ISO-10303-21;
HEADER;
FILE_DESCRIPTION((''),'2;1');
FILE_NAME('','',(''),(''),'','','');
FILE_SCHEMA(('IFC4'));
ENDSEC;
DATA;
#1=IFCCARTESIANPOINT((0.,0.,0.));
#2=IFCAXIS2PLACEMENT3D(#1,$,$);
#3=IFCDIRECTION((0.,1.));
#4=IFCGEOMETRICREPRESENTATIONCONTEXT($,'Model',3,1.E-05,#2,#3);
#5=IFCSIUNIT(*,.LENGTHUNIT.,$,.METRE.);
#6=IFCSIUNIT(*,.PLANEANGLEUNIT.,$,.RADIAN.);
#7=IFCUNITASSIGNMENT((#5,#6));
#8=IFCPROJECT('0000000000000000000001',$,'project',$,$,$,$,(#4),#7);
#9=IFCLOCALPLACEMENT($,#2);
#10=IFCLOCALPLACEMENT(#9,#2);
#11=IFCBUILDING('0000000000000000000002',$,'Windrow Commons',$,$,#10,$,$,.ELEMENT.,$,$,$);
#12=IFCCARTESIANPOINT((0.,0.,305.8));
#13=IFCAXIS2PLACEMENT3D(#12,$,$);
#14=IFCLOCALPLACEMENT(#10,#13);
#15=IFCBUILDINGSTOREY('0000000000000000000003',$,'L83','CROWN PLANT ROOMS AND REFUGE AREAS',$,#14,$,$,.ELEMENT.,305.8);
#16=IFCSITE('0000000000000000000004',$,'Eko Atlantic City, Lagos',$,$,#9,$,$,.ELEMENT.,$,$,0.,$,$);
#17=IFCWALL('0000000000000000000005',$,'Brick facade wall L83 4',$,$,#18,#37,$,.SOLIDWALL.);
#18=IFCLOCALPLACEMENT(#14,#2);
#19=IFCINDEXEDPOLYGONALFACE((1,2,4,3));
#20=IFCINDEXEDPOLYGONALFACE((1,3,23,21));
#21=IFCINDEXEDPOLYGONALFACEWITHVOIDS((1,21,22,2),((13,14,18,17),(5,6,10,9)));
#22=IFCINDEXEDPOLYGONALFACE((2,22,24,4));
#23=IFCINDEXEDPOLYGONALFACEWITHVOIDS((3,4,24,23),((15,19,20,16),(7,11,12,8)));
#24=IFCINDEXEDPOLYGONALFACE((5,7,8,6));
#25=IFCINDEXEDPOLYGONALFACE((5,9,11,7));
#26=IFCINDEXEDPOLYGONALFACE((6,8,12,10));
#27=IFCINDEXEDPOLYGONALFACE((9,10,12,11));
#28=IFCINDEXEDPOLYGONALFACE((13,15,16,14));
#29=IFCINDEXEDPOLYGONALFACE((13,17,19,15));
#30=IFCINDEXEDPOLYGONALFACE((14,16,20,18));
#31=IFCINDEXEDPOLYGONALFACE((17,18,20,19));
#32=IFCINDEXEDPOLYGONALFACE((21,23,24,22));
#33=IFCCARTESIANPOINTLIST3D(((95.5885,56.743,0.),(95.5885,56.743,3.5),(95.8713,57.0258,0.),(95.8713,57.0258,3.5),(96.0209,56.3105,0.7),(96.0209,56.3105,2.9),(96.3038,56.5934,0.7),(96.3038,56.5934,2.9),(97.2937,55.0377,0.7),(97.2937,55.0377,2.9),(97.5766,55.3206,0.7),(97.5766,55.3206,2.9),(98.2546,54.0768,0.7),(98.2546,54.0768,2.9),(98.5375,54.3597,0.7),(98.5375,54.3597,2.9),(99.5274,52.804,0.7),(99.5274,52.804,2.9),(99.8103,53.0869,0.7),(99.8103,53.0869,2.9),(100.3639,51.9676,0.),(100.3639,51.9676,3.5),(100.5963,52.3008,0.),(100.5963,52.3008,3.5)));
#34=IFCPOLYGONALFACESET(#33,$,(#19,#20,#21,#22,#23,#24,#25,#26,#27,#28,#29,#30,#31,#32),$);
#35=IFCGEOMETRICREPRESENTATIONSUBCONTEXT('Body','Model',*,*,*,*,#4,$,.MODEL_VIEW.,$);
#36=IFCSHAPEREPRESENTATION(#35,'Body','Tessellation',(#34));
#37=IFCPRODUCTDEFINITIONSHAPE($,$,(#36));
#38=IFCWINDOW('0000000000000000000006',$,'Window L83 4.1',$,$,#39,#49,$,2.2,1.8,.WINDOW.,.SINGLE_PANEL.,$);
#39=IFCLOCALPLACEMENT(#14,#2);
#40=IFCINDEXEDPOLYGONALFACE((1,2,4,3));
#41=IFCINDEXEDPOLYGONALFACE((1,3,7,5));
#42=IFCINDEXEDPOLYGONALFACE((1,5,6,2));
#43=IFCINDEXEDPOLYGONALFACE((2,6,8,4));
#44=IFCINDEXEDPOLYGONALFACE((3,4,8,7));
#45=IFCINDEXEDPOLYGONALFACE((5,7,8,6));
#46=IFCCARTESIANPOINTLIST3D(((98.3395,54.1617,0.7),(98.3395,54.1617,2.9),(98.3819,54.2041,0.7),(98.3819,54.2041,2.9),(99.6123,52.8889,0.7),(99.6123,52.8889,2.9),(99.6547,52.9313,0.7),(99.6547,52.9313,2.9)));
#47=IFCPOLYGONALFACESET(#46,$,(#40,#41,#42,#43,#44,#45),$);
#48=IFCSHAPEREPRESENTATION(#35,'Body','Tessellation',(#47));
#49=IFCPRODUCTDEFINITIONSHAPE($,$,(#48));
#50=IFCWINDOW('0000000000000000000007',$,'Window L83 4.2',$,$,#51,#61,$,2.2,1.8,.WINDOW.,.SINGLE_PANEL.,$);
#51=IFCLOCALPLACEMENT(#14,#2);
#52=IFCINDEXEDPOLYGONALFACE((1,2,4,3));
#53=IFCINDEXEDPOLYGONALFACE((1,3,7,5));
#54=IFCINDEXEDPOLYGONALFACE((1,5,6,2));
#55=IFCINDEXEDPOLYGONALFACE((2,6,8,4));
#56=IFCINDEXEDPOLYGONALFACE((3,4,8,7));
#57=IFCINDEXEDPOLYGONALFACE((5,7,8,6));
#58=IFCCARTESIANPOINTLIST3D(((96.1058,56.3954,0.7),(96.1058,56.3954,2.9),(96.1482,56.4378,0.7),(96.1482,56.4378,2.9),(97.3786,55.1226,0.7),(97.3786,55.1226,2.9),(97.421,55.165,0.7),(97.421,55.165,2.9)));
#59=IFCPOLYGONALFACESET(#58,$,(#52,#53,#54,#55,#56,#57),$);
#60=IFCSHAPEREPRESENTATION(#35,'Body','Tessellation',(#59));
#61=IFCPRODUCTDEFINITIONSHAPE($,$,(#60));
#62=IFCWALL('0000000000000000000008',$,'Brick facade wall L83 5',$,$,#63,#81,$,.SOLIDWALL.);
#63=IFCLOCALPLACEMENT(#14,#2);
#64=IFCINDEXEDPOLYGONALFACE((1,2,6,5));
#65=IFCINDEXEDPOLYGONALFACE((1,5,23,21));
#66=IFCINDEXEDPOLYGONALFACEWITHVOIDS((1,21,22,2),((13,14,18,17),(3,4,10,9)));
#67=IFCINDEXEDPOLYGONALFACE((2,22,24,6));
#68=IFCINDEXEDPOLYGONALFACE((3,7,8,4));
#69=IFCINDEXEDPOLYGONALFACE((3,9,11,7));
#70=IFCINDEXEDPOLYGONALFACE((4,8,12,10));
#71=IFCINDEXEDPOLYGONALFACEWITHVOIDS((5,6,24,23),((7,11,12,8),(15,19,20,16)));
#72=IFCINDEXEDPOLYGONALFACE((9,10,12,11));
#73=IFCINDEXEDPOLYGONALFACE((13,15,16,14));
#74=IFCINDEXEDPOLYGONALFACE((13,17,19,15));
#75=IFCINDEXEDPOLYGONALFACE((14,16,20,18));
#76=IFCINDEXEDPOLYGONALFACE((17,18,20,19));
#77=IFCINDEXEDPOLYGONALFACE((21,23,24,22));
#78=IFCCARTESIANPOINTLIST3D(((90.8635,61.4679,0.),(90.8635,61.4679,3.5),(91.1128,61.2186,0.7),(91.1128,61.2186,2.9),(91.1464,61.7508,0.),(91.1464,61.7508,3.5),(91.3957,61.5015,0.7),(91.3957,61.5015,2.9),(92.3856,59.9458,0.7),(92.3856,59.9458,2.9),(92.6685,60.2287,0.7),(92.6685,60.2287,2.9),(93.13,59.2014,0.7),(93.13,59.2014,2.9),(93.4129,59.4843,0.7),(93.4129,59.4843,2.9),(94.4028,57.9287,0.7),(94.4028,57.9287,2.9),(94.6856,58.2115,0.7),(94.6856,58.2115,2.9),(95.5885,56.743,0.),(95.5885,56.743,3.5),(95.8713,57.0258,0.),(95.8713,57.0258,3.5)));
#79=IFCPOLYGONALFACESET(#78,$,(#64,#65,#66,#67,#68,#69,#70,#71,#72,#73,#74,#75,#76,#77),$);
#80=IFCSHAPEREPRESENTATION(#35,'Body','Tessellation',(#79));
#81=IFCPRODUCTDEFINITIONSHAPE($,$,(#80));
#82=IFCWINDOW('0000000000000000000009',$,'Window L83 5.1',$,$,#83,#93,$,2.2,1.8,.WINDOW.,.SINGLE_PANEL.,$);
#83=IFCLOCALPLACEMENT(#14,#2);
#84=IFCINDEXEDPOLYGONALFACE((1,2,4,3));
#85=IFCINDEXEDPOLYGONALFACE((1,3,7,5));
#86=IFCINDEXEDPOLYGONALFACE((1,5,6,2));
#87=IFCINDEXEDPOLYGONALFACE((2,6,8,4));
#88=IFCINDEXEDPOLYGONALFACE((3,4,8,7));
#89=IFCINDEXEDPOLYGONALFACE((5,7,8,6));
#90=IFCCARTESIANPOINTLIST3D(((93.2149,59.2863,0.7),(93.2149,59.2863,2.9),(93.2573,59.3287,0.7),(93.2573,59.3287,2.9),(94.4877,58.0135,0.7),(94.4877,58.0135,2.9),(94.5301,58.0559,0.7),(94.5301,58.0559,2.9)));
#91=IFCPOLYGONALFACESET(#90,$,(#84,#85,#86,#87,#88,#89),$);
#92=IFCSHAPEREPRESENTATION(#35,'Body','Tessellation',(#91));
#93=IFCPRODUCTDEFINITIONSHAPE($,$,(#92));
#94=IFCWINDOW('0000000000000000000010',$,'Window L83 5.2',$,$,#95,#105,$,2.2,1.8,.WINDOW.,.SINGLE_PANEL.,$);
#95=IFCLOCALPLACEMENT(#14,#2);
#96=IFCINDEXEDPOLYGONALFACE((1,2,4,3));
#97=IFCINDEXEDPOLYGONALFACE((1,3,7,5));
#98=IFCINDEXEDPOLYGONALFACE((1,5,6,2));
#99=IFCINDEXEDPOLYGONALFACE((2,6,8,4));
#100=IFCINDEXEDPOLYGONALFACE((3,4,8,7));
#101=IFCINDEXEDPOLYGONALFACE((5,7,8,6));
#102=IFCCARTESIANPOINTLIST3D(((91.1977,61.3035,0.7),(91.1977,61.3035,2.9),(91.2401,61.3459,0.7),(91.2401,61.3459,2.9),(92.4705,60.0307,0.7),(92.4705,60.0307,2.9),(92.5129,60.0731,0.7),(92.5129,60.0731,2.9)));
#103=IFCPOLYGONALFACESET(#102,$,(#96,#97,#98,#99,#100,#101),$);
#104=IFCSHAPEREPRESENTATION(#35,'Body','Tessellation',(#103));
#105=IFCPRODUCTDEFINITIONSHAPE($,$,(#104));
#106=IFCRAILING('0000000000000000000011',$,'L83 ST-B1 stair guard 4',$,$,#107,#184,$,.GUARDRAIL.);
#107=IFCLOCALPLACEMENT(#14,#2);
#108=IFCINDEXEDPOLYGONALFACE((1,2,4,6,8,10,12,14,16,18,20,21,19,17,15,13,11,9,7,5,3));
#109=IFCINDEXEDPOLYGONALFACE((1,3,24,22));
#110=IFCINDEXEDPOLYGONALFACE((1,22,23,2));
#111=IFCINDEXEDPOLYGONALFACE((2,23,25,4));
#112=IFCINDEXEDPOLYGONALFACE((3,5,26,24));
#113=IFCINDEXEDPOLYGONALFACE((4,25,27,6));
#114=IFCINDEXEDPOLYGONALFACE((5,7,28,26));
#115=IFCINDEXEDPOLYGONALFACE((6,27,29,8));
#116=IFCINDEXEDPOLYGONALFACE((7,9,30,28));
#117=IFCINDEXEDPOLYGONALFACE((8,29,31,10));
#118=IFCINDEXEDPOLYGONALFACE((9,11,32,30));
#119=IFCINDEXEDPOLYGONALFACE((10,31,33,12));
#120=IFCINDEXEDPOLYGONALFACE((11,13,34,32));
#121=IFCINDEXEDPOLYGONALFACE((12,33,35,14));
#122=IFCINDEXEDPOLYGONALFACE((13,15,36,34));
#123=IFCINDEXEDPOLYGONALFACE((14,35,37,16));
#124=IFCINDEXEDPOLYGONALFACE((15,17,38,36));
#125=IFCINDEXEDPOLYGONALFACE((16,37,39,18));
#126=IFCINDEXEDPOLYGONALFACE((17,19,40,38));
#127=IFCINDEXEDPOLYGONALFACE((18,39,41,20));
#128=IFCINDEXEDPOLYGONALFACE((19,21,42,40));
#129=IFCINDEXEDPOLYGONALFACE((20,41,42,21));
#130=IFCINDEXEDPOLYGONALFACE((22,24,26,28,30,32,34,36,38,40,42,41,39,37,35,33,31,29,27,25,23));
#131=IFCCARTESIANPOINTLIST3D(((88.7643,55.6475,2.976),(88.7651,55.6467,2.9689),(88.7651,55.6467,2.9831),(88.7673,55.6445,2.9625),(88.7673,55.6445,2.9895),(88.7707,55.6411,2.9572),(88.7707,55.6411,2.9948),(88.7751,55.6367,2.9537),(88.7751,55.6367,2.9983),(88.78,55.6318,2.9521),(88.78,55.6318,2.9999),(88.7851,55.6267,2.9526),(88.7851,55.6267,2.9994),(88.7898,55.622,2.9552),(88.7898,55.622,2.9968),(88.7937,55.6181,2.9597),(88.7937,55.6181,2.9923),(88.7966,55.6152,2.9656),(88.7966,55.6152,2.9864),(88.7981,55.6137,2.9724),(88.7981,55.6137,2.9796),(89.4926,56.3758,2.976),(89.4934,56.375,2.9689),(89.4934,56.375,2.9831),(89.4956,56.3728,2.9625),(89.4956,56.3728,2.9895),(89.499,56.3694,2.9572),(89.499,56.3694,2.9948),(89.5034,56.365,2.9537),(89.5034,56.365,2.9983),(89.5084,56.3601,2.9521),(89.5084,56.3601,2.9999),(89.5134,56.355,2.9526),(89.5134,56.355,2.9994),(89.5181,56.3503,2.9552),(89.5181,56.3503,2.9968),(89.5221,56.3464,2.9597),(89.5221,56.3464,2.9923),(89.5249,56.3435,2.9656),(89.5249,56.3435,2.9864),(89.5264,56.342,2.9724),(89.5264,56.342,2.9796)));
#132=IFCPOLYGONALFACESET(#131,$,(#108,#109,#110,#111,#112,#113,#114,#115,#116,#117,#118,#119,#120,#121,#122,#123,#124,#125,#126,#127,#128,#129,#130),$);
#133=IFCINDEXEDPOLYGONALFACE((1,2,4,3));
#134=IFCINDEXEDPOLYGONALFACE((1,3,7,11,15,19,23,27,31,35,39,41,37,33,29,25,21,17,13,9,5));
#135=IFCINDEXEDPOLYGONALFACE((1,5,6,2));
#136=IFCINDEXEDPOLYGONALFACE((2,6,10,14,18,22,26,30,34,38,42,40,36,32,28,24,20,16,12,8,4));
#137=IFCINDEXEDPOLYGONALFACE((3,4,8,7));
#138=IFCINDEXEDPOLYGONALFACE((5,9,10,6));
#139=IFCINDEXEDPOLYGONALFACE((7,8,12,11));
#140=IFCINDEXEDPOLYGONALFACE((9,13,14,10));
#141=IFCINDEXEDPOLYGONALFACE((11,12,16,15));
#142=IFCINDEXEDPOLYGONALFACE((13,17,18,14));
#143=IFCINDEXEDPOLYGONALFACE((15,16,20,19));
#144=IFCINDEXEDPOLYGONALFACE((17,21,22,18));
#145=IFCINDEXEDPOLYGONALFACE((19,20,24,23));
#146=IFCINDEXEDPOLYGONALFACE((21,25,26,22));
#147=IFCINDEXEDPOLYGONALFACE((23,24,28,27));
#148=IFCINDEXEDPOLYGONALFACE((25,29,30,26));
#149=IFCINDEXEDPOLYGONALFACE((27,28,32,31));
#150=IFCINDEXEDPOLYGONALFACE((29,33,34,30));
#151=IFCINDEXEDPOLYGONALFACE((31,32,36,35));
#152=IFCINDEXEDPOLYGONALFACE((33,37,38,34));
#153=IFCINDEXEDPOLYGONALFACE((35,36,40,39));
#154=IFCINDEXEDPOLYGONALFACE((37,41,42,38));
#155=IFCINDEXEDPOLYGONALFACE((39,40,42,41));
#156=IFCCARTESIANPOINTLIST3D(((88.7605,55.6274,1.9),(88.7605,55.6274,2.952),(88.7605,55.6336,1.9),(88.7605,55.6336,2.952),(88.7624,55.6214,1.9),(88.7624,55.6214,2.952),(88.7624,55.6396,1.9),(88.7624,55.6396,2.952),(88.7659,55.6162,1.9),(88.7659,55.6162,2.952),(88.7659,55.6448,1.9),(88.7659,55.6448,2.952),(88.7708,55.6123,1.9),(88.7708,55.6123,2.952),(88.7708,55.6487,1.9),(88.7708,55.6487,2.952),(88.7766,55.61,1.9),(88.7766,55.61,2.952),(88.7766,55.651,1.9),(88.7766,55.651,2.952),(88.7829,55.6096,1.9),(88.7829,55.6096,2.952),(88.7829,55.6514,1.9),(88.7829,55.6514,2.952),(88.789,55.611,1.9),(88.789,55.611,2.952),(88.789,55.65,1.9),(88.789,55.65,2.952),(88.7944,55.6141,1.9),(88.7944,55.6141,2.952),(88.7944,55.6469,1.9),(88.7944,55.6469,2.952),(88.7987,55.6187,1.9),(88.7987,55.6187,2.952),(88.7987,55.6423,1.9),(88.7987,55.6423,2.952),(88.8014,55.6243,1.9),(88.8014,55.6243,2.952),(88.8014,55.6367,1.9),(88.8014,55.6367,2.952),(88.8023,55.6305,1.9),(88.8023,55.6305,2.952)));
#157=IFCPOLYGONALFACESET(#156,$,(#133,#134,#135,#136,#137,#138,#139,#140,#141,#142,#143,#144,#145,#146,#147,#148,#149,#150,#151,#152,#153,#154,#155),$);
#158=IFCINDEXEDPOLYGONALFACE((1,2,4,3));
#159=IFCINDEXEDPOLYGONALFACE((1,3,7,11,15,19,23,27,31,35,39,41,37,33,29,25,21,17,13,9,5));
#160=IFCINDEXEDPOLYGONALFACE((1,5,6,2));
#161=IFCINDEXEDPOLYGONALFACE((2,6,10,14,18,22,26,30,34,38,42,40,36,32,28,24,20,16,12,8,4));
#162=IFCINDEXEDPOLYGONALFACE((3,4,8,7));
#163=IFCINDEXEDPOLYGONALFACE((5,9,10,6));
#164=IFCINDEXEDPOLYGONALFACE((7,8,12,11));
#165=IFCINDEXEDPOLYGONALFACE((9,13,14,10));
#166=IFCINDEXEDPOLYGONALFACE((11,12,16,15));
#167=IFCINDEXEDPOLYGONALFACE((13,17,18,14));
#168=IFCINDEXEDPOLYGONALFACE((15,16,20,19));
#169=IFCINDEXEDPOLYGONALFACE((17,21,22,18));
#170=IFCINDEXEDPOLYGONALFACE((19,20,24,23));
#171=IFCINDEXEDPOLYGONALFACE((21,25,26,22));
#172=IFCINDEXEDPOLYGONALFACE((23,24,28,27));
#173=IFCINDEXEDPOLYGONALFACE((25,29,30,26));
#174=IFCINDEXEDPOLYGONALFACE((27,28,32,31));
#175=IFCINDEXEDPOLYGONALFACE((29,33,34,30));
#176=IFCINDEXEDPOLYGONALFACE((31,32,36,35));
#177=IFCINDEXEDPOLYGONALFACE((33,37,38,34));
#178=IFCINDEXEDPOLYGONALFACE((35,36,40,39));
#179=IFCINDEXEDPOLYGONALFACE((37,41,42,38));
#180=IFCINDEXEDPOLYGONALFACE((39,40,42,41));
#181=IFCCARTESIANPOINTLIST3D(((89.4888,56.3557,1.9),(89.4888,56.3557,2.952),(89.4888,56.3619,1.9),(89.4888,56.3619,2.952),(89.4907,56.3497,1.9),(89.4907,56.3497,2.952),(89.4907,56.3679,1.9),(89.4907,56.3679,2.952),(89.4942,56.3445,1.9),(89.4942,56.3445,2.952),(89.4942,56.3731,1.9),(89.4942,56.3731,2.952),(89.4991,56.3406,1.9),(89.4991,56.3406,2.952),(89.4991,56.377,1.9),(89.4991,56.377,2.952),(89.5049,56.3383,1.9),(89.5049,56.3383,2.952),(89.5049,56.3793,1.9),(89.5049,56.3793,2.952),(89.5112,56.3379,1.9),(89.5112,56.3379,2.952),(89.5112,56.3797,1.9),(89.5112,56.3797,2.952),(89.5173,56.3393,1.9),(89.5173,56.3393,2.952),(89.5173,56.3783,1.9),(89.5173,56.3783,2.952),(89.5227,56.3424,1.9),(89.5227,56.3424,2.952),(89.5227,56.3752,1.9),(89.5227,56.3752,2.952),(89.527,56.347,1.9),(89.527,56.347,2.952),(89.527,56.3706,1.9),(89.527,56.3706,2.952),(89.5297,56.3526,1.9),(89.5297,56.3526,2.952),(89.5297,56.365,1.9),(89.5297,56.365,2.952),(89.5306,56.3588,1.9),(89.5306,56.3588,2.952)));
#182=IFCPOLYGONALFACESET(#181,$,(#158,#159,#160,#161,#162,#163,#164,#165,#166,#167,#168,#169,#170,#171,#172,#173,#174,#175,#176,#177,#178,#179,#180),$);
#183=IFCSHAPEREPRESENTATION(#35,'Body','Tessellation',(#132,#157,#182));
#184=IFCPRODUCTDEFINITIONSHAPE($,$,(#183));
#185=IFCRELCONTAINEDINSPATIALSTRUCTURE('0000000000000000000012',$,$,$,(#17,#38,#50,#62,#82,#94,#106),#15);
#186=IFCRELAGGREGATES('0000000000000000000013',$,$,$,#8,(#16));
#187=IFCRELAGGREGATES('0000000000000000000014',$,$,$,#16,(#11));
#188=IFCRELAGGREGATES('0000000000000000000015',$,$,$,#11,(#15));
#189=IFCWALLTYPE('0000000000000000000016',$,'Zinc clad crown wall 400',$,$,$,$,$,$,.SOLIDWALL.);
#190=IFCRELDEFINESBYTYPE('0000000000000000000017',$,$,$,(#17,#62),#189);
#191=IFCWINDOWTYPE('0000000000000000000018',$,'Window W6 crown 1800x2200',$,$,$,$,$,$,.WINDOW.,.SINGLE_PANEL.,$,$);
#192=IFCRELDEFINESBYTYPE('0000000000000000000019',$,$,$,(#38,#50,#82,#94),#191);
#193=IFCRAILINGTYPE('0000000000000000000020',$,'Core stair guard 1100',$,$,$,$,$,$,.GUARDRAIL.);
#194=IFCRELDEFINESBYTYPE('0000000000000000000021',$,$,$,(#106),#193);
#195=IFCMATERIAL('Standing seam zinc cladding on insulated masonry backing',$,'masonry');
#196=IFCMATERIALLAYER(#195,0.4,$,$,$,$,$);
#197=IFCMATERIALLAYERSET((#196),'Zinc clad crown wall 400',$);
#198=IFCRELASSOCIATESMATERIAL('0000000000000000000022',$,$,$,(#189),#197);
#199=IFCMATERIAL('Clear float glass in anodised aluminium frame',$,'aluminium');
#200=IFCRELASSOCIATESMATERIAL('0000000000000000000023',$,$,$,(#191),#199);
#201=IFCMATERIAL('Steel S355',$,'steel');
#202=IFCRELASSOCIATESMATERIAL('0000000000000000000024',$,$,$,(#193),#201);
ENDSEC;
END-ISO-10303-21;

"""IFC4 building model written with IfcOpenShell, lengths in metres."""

from ifc_helpers import new_model, si_unit, direction, frame, frame_2d, origin, origin_2d, place, context, subcontext, project, spatial, polyline, rectangle, circle, outline, extrude, material, layer, layer_set, type_object, element, fill, save


model = new_model("IFC4")

# Units and contexts
model_context = context("Model", 3, precision=1e-05, world=origin(), true_north=direction((0.0, 1.0)))
body_context = subcontext(model_context, "Body", "Model", "MODEL_VIEW")
ifc_project = project(units=[si_unit("LENGTHUNIT", "METRE"), si_unit("PLANEANGLEUNIT", "RADIAN")], contexts=[model_context])

# Site, building, storey
site_placement = place(None, origin())
site = spatial("IfcSite", under=ifc_project, at=site_placement, Name="Eko Atlantic City, Lagos", CompositionType="ELEMENT", RefElevation=0.0)
building_placement = place(site_placement, origin())
building = spatial("IfcBuilding", under=site, at=building_placement, Name="Windrow Commons", CompositionType="ELEMENT")
storey_placement = place(building_placement, frame((0.0, 0.0, 305.8)))
storey = spatial("IfcBuildingStorey", under=building, at=storey_placement, Name="L83", Description="CROWN PLANT ROOMS AND REFUGE AREAS", CompositionType="ELEMENT", Elevation=305.8)

# Walls, openings, windows
ifc_material_1 = material(Name="Standing seam zinc cladding on insulated masonry backing", Category="masonry")
ifc_layer_1 = layer(ifc_material_1, 0.4)
ifc_layer_set_1 = layer_set([ifc_layer_1], Name="Zinc clad crown wall 400")
wall_type_1 = type_object("IfcWallType", Name="Zinc clad crown wall 400", PredefinedType="SOLIDWALL", material=ifc_layer_set_1)
wall_1_placement = place(storey_placement, frame((100.4801, 52.1342, 0.0), z_axis=(0.0, 0.0, 1.0), x_axis=(-0.707107, 0.707107, 0.0)))
wall_1 = element("IfcWall", 1, at=wall_1_placement, inside=storey, type_object=wall_type_1, Name="Brick facade wall L83 4", PredefinedType="SOLIDWALL", context=body_context, shape_type="SweptSolid", body=[
    extrude(outline(polyline([(0.0356, -0.2), (6.7178, -0.2), (6.7178, 0.2), (-0.0356, 0.2), (0.0356, -0.2)])), origin(), (0.0, 0.0, 1.0), 3.5),
])
opening_1_placement = place(wall_1_placement, frame((1.1473, 0.0, 0.7)))
opening_1 = element("IfcOpeningElement", 2, at=opening_1_placement, cuts=wall_1, PredefinedType="OPENING", context=body_context, shape_type="SweptSolid", body=[
    extrude(rectangle(XDim=1.8, YDim=2.2, at=frame_2d((0.9, 1.1))), frame((0.0, 0.21, 0.0), z_axis=(0.0, -1.0, 0.0), x_axis=(1.0, 0.0, 0.0)), (0.0, 0.0, 1.0), 0.42),
])
opening_2_placement = place(wall_1_placement, frame((4.3062, 0.0, 0.7)))
opening_2 = element("IfcOpeningElement", 3, at=opening_2_placement, cuts=wall_1, PredefinedType="OPENING", context=body_context, shape_type="SweptSolid", body=[
    extrude(rectangle(XDim=1.8, YDim=2.2, at=frame_2d((0.9, 1.1))), frame((0.0, 0.21, 0.0), z_axis=(0.0, -1.0, 0.0), x_axis=(1.0, 0.0, 0.0)), (0.0, 0.0, 1.0), 0.42),
])
ifc_material_2 = material(Name="Clear float glass in anodised aluminium frame", Category="aluminium")
window_type = type_object("IfcWindowType", Name="Window W6 crown 1800x2200", PartitioningType="SINGLE_PANEL", PredefinedType="WINDOW", material=ifc_material_2)
window_1_placement = place(opening_1_placement, origin())
window_1 = element("IfcWindow", 4, at=window_1_placement, inside=storey, type_object=window_type, Name="Window L83 4.1", OverallHeight=2.2, OverallWidth=1.8, PartitioningType="SINGLE_PANEL", PredefinedType="WINDOW", context=body_context, shape_type="SweptSolid", body=[
    extrude(rectangle(XDim=1.8, YDim=2.2, at=frame_2d((0.9, 1.1))), frame((0.0, 0.08, 0.0), z_axis=(0.0, -1.0, 0.0), x_axis=(1.0, 0.0, 0.0)), (0.0, 0.0, 1.0), 0.06),
])
fill(opening_1, window_1)
window_2_placement = place(opening_2_placement, origin())
window_2 = element("IfcWindow", 5, at=window_2_placement, inside=storey, type_object=window_type, Name="Window L83 4.2", OverallHeight=2.2, OverallWidth=1.8, PartitioningType="SINGLE_PANEL", PredefinedType="WINDOW", context=body_context, shape_type="SweptSolid", body=[
    extrude(rectangle(XDim=1.8, YDim=2.2, at=frame_2d((0.9, 1.1))), frame((0.0, 0.08, 0.0), z_axis=(0.0, -1.0, 0.0), x_axis=(1.0, 0.0, 0.0)), (0.0, 0.0, 1.0), 0.06),
])
fill(opening_2, window_2)
wall_2_placement = place(storey_placement, frame((95.7299, 56.8844, 0.0), z_axis=(0.0, 0.0, 1.0), x_axis=(-0.707107, 0.707107, 0.0)))
wall_2 = element("IfcWall", 6, at=wall_2_placement, inside=storey, type_object=wall_type_1, Name="Brick facade wall L83 5", PredefinedType="SOLIDWALL", context=body_context, shape_type="SweptSolid", body=[
    extrude(outline(polyline([(0.0, -0.2), (6.6821, -0.2), (6.6821, 0.2), (0.0, 0.2), (0.0, -0.2)])), origin(), (0.0, 0.0, 1.0), 3.5),
])
opening_3_placement = place(wall_2_placement, frame((1.6768, 0.0, 0.7)))
opening_3 = element("IfcOpeningElement", 7, at=opening_3_placement, cuts=wall_2, PredefinedType="OPENING", context=body_context, shape_type="SweptSolid", body=[
    extrude(rectangle(XDim=1.8, YDim=2.2, at=frame_2d((0.9, 1.1))), frame((0.0, 0.21, 0.0), z_axis=(0.0, -1.0, 0.0), x_axis=(1.0, 0.0, 0.0)), (0.0, 0.0, 1.0), 0.42),
])
opening_4_placement = place(wall_2_placement, frame((4.5295, 0.0, 0.7)))
opening_4 = element("IfcOpeningElement", 8, at=opening_4_placement, cuts=wall_2, PredefinedType="OPENING", context=body_context, shape_type="SweptSolid", body=[
    extrude(rectangle(XDim=1.8, YDim=2.2, at=frame_2d((0.9, 1.1))), frame((0.0, 0.21, 0.0), z_axis=(0.0, -1.0, 0.0), x_axis=(1.0, 0.0, 0.0)), (0.0, 0.0, 1.0), 0.42),
])
window_3_placement = place(opening_3_placement, origin())
window_3 = element("IfcWindow", 9, at=window_3_placement, inside=storey, type_object=window_type, Name="Window L83 5.1", OverallHeight=2.2, OverallWidth=1.8, PartitioningType="SINGLE_PANEL", PredefinedType="WINDOW", context=body_context, shape_type="SweptSolid", body=[
    extrude(rectangle(XDim=1.8, YDim=2.2, at=frame_2d((0.9, 1.1))), frame((0.0, 0.08, 0.0), z_axis=(0.0, -1.0, 0.0), x_axis=(1.0, 0.0, 0.0)), (0.0, 0.0, 1.0), 0.06),
])
fill(opening_3, window_3)
window_4_placement = place(opening_4_placement, origin())
window_4 = element("IfcWindow", 10, at=window_4_placement, inside=storey, type_object=window_type, Name="Window L83 5.2", OverallHeight=2.2, OverallWidth=1.8, PartitioningType="SINGLE_PANEL", PredefinedType="WINDOW", context=body_context, shape_type="SweptSolid", body=[
    extrude(rectangle(XDim=1.8, YDim=2.2, at=frame_2d((0.9, 1.1))), frame((0.0, 0.08, 0.0), z_axis=(0.0, -1.0, 0.0), x_axis=(1.0, 0.0, 0.0)), (0.0, 0.0, 1.0), 0.06),
])
fill(opening_4, window_4)

# Railing
ifc_material_3 = material(Name="Steel S355", Category="steel")
railing_type = type_object("IfcRailingType", Name="Core stair guard 1100", PredefinedType="GUARDRAIL", material=ifc_material_3)
railing_1_placement = place(storey_placement, frame((88.7813, 55.6305, 1.9)))
element("IfcRailing", 11, at=railing_1_placement, inside=storey, type_object=railing_type, Name="L83 ST-B1 stair guard 4", PredefinedType="GUARDRAIL", context=body_context, shape_type="SweptSolid", body=[
    extrude(circle(Radius=0.024, at=origin_2d()), frame((0.0, 0.0, 1.076), z_axis=(0.707107, 0.707107, 0.0), x_axis=(-0.707107, 0.707107, 0.0)), (0.0, 0.0, 1.0), 1.03),
    extrude(circle(Radius=0.021, at=origin_2d()), origin(), (0.0, 0.0, 1.0), 1.052),
    extrude(circle(Radius=0.021, at=origin_2d()), frame((0.7283, 0.7283, 0.0)), (0.0, 0.0, 1.0), 1.052),
])

save(model, "model.ifc")
